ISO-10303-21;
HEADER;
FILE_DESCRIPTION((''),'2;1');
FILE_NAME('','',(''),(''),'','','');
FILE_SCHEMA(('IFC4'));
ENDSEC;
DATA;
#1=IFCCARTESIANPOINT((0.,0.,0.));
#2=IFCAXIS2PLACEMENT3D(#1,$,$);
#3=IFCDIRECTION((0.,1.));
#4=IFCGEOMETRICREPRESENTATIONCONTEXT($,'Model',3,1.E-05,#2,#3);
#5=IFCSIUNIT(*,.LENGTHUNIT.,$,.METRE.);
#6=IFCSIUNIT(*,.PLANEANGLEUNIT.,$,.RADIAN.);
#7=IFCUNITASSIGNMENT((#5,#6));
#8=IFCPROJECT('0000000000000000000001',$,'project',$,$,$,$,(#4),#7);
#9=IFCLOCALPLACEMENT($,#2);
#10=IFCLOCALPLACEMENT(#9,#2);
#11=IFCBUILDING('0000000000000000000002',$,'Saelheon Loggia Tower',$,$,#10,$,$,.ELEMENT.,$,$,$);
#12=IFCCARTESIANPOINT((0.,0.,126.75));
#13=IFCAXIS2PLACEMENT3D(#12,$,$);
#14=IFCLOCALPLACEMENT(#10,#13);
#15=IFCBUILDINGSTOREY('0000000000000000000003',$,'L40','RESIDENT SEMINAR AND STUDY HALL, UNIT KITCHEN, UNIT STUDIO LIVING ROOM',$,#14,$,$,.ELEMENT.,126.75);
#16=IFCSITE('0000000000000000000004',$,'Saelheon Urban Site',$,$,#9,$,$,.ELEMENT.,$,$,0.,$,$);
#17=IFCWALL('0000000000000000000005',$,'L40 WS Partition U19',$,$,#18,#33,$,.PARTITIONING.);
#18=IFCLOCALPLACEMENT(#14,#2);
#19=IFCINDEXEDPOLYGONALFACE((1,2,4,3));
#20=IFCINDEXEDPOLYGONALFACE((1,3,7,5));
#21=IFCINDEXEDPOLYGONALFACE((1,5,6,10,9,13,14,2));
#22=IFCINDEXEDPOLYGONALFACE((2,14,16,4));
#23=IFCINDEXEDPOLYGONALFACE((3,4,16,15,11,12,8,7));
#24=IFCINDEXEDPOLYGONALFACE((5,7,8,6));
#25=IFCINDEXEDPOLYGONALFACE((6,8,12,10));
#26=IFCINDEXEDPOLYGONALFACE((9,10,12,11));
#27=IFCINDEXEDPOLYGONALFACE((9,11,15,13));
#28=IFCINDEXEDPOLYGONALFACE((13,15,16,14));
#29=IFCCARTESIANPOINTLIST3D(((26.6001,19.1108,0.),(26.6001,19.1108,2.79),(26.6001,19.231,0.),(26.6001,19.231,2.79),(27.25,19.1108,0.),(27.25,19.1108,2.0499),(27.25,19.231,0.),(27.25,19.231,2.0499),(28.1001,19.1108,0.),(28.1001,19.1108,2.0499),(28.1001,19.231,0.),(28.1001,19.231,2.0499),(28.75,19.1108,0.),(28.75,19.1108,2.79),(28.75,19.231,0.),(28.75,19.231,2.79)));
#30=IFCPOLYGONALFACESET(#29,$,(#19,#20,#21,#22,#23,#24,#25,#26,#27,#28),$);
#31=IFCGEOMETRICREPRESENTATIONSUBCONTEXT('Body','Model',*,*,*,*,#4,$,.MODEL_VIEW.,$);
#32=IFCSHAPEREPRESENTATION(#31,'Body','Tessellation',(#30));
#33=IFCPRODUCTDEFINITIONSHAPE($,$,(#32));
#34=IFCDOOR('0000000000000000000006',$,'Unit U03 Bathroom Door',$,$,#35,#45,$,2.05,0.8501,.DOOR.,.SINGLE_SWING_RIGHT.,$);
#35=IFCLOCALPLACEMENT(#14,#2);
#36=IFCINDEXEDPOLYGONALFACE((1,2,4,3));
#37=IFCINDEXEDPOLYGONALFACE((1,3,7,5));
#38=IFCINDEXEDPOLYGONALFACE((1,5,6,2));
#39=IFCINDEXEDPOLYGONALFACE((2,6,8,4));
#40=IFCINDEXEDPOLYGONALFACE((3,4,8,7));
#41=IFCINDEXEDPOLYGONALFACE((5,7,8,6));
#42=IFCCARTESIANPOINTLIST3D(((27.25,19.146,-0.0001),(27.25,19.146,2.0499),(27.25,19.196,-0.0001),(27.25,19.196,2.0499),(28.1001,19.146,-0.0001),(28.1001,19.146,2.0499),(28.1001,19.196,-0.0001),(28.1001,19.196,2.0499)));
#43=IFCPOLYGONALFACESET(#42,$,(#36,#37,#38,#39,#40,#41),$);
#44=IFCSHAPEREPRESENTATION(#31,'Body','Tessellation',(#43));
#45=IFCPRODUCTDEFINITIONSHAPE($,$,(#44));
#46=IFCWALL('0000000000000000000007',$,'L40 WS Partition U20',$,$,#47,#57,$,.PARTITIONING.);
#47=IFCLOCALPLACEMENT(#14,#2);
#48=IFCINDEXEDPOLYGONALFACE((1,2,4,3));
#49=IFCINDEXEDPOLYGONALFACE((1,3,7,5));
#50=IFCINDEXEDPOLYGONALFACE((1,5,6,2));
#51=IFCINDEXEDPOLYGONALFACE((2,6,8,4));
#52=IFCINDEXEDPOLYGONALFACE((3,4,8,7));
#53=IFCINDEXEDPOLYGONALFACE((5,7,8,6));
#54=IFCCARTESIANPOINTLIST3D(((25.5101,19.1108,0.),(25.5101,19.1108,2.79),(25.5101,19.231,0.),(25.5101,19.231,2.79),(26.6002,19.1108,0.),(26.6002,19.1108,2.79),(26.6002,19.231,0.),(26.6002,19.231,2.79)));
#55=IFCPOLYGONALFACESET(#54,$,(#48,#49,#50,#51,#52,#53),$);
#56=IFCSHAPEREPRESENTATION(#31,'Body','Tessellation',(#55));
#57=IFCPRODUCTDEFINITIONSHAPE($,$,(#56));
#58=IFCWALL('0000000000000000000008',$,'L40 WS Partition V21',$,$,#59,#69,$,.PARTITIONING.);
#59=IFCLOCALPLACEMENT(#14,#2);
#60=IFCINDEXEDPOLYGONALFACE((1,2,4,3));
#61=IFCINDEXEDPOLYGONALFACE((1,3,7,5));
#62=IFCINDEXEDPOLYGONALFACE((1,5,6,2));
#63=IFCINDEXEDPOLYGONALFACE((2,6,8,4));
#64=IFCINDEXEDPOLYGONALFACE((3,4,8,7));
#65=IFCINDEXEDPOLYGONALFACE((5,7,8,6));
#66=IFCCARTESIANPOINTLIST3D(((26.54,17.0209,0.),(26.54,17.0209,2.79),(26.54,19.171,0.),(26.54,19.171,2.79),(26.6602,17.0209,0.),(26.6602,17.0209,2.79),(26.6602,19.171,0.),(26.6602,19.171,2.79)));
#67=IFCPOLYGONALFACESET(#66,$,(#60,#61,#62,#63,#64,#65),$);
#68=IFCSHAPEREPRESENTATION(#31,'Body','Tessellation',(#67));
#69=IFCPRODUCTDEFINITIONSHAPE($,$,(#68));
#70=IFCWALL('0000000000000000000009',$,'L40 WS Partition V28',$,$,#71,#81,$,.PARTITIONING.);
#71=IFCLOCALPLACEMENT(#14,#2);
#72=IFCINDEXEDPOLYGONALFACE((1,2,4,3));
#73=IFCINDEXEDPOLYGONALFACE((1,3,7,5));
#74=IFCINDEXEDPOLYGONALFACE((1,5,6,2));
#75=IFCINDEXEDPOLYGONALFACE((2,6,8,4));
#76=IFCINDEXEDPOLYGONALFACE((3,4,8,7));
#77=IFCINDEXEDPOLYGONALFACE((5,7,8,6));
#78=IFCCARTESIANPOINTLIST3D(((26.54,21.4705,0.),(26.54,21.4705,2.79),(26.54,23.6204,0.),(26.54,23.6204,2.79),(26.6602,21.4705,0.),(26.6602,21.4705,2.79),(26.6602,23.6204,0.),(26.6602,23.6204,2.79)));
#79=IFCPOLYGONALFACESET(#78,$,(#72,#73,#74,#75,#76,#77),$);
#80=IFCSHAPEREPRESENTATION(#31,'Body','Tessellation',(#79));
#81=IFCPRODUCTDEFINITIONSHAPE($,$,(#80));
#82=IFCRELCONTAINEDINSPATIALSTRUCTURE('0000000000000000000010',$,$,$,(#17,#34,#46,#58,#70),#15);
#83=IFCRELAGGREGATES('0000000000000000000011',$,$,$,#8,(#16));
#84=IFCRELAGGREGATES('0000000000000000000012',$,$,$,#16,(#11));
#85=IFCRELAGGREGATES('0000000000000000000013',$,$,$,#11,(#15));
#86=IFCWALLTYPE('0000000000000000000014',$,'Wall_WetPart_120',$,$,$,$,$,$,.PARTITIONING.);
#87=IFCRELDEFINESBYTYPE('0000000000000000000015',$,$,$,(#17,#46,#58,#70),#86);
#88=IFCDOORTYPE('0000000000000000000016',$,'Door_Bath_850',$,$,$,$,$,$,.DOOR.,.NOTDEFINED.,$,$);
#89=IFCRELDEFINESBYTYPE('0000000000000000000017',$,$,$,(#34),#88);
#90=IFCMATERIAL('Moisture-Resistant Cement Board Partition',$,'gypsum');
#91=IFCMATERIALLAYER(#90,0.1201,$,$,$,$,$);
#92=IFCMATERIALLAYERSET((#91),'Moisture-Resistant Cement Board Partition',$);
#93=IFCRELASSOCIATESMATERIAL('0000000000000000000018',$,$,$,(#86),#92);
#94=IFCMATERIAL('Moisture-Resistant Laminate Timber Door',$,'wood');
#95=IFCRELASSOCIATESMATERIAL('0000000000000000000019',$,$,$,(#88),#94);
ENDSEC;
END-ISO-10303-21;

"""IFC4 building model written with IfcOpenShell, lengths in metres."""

from ifc_helpers import new_model, si_unit, direction, frame, frame_2d, origin, place, context, subcontext, project, spatial, rectangle, extrude, source, transform, mapped, material, layer, layer_set, type_object, element, fill, save


model = new_model("IFC4")

# Units and contexts
model_context = context("Model", 3, precision=1e-05, world=origin(), true_north=direction((0.0, 1.0)))
body_context = subcontext(model_context, "Body", "Model", "MODEL_VIEW")
ifc_project = project(units=[si_unit("LENGTHUNIT", "METRE"), si_unit("PLANEANGLEUNIT", "RADIAN")], contexts=[model_context])

# Site, building, storey
site_placement = place(None, origin())
site = spatial("IfcSite", under=ifc_project, at=site_placement, Name="Saelheon Urban Site", CompositionType="ELEMENT", RefElevation=0.0)
building_placement = place(site_placement, origin())
building = spatial("IfcBuilding", under=site, at=building_placement, Name="Saelheon Loggia Tower", CompositionType="ELEMENT")
storey_placement = place(building_placement, frame((0.0, 0.0, 126.75)))
storey = spatial("IfcBuildingStorey", under=building, at=storey_placement, Name="L40", Description="RESIDENT SEMINAR AND STUDY HALL, UNIT KITCHEN, UNIT STUDIO LIVING ROOM", CompositionType="ELEMENT", Elevation=126.75)

# Shared definitions
ifc_material_1 = material(Name="Moisture-Resistant Cement Board Partition", Category="gypsum")
ifc_layer_1 = layer(ifc_material_1, 0.1201)
ifc_layer_set_1 = layer_set([ifc_layer_1], Name="Moisture-Resistant Cement Board Partition")
wall_type_1 = type_object("IfcWallType", Name="Wall_WetPart_120", PredefinedType="PARTITIONING", material=ifc_layer_set_1)
ifc_material_2 = material(Name="Moisture-Resistant Laminate Timber Door", Category="wood")
door_type_1 = type_object("IfcDoorType", Name="Door_Bath_850", OperationType="NOTDEFINED", PredefinedType="DOOR", material=ifc_material_2)
shared_shape_1 = source(origin(), body_context, "Body", "SweptSolid", [
    extrude(rectangle(XDim=0.8501, YDim=2.05, at=frame_2d((0.425, 1.0249))), frame((0.0, 0.0249, 0.0), z_axis=(0.0, -1.0, 0.0), x_axis=(1.0, 0.0, 0.0)), (0.0, 0.0, 1.0), 0.05),
])

# Wall, opening, door
wall_1_placement = place(storey_placement, frame((28.75, 19.1709, 0.0), z_axis=(0.0, 0.0, 1.0), x_axis=(-1.0, 0.0, 0.0)))
wall_1 = element("IfcWall", 1, at=wall_1_placement, inside=storey, type_object=wall_type_1, Name="L40 WS Partition U19", PredefinedType="PARTITIONING", context=body_context, shape_type="SweptSolid", body=[
    extrude(rectangle(XDim=2.1499, YDim=0.1201, at=frame_2d((1.075, 0.0))), origin(), (0.0, 0.0, 1.0), 2.79),
])
opening_1_placement = place(wall_1_placement, frame((0.6499, 0.0, 0.0)))
opening_1 = element("IfcOpeningElement", 2, at=opening_1_placement, cuts=wall_1, PredefinedType="OPENING", context=body_context, shape_type="SweptSolid", body=[
    extrude(rectangle(XDim=0.8501, YDim=2.05, at=frame_2d((0.425, 1.0249))), frame((0.0, 0.072, 0.0), z_axis=(0.0, -1.0, 0.0), x_axis=(1.0, 0.0, 0.0)), (0.0, 0.0, 1.0), 0.144),
])
door_1_placement = place(opening_1_placement, origin())
door_1 = element("IfcDoor", 3, at=door_1_placement, inside=storey, type_object=door_type_1, Name="Unit U03 Bathroom Door", OperationType="SINGLE_SWING_RIGHT", OverallHeight=2.05, OverallWidth=0.8501, PredefinedType="DOOR", context=body_context, shape_type="MappedRepresentation", body=[
    mapped(shared_shape_1, transform((0.0, 0.0, 0.0), scale=1.0)),
])
fill(opening_1, door_1)

# Walls
wall_2_placement = place(storey_placement, frame((26.6001, 19.1709, 0.0), z_axis=(0.0, 0.0, 1.0), x_axis=(-1.0, 0.0, 0.0)))
element("IfcWall", 4, at=wall_2_placement, inside=storey, type_object=wall_type_1, Name="L40 WS Partition U20", PredefinedType="PARTITIONING", context=body_context, shape_type="SweptSolid", body=[
    extrude(rectangle(XDim=1.0901, YDim=0.1201, at=frame_2d((0.5449, 0.0))), origin(), (0.0, 0.0, 1.0), 2.79),
])
wall_3_placement = place(storey_placement, frame((26.6001, 17.0208, 0.0), z_axis=(0.0, 0.0, 1.0), x_axis=(0.0, 1.0, 0.0)))
element("IfcWall", 5, at=wall_3_placement, inside=storey, type_object=wall_type_1, Name="L40 WS Partition V21", PredefinedType="PARTITIONING", context=body_context, shape_type="SweptSolid", body=[
    extrude(rectangle(XDim=2.1501, YDim=0.1201, at=frame_2d((1.0752, 0.0))), origin(), (0.0, 0.0, 1.0), 2.79),
])
wall_4_placement = place(storey_placement, frame((26.6001, 21.4705, 0.0), z_axis=(0.0, 0.0, 1.0), x_axis=(0.0, 1.0, 0.0)))
element("IfcWall", 6, at=wall_4_placement, inside=storey, type_object=wall_type_1, Name="L40 WS Partition V28", PredefinedType="PARTITIONING", context=body_context, shape_type="SweptSolid", body=[
    extrude(rectangle(XDim=2.1499, YDim=0.1201, at=frame_2d((1.075, 0.0))), origin(), (0.0, 0.0, 1.0), 2.79),
])

save(model, "model.ifc")
